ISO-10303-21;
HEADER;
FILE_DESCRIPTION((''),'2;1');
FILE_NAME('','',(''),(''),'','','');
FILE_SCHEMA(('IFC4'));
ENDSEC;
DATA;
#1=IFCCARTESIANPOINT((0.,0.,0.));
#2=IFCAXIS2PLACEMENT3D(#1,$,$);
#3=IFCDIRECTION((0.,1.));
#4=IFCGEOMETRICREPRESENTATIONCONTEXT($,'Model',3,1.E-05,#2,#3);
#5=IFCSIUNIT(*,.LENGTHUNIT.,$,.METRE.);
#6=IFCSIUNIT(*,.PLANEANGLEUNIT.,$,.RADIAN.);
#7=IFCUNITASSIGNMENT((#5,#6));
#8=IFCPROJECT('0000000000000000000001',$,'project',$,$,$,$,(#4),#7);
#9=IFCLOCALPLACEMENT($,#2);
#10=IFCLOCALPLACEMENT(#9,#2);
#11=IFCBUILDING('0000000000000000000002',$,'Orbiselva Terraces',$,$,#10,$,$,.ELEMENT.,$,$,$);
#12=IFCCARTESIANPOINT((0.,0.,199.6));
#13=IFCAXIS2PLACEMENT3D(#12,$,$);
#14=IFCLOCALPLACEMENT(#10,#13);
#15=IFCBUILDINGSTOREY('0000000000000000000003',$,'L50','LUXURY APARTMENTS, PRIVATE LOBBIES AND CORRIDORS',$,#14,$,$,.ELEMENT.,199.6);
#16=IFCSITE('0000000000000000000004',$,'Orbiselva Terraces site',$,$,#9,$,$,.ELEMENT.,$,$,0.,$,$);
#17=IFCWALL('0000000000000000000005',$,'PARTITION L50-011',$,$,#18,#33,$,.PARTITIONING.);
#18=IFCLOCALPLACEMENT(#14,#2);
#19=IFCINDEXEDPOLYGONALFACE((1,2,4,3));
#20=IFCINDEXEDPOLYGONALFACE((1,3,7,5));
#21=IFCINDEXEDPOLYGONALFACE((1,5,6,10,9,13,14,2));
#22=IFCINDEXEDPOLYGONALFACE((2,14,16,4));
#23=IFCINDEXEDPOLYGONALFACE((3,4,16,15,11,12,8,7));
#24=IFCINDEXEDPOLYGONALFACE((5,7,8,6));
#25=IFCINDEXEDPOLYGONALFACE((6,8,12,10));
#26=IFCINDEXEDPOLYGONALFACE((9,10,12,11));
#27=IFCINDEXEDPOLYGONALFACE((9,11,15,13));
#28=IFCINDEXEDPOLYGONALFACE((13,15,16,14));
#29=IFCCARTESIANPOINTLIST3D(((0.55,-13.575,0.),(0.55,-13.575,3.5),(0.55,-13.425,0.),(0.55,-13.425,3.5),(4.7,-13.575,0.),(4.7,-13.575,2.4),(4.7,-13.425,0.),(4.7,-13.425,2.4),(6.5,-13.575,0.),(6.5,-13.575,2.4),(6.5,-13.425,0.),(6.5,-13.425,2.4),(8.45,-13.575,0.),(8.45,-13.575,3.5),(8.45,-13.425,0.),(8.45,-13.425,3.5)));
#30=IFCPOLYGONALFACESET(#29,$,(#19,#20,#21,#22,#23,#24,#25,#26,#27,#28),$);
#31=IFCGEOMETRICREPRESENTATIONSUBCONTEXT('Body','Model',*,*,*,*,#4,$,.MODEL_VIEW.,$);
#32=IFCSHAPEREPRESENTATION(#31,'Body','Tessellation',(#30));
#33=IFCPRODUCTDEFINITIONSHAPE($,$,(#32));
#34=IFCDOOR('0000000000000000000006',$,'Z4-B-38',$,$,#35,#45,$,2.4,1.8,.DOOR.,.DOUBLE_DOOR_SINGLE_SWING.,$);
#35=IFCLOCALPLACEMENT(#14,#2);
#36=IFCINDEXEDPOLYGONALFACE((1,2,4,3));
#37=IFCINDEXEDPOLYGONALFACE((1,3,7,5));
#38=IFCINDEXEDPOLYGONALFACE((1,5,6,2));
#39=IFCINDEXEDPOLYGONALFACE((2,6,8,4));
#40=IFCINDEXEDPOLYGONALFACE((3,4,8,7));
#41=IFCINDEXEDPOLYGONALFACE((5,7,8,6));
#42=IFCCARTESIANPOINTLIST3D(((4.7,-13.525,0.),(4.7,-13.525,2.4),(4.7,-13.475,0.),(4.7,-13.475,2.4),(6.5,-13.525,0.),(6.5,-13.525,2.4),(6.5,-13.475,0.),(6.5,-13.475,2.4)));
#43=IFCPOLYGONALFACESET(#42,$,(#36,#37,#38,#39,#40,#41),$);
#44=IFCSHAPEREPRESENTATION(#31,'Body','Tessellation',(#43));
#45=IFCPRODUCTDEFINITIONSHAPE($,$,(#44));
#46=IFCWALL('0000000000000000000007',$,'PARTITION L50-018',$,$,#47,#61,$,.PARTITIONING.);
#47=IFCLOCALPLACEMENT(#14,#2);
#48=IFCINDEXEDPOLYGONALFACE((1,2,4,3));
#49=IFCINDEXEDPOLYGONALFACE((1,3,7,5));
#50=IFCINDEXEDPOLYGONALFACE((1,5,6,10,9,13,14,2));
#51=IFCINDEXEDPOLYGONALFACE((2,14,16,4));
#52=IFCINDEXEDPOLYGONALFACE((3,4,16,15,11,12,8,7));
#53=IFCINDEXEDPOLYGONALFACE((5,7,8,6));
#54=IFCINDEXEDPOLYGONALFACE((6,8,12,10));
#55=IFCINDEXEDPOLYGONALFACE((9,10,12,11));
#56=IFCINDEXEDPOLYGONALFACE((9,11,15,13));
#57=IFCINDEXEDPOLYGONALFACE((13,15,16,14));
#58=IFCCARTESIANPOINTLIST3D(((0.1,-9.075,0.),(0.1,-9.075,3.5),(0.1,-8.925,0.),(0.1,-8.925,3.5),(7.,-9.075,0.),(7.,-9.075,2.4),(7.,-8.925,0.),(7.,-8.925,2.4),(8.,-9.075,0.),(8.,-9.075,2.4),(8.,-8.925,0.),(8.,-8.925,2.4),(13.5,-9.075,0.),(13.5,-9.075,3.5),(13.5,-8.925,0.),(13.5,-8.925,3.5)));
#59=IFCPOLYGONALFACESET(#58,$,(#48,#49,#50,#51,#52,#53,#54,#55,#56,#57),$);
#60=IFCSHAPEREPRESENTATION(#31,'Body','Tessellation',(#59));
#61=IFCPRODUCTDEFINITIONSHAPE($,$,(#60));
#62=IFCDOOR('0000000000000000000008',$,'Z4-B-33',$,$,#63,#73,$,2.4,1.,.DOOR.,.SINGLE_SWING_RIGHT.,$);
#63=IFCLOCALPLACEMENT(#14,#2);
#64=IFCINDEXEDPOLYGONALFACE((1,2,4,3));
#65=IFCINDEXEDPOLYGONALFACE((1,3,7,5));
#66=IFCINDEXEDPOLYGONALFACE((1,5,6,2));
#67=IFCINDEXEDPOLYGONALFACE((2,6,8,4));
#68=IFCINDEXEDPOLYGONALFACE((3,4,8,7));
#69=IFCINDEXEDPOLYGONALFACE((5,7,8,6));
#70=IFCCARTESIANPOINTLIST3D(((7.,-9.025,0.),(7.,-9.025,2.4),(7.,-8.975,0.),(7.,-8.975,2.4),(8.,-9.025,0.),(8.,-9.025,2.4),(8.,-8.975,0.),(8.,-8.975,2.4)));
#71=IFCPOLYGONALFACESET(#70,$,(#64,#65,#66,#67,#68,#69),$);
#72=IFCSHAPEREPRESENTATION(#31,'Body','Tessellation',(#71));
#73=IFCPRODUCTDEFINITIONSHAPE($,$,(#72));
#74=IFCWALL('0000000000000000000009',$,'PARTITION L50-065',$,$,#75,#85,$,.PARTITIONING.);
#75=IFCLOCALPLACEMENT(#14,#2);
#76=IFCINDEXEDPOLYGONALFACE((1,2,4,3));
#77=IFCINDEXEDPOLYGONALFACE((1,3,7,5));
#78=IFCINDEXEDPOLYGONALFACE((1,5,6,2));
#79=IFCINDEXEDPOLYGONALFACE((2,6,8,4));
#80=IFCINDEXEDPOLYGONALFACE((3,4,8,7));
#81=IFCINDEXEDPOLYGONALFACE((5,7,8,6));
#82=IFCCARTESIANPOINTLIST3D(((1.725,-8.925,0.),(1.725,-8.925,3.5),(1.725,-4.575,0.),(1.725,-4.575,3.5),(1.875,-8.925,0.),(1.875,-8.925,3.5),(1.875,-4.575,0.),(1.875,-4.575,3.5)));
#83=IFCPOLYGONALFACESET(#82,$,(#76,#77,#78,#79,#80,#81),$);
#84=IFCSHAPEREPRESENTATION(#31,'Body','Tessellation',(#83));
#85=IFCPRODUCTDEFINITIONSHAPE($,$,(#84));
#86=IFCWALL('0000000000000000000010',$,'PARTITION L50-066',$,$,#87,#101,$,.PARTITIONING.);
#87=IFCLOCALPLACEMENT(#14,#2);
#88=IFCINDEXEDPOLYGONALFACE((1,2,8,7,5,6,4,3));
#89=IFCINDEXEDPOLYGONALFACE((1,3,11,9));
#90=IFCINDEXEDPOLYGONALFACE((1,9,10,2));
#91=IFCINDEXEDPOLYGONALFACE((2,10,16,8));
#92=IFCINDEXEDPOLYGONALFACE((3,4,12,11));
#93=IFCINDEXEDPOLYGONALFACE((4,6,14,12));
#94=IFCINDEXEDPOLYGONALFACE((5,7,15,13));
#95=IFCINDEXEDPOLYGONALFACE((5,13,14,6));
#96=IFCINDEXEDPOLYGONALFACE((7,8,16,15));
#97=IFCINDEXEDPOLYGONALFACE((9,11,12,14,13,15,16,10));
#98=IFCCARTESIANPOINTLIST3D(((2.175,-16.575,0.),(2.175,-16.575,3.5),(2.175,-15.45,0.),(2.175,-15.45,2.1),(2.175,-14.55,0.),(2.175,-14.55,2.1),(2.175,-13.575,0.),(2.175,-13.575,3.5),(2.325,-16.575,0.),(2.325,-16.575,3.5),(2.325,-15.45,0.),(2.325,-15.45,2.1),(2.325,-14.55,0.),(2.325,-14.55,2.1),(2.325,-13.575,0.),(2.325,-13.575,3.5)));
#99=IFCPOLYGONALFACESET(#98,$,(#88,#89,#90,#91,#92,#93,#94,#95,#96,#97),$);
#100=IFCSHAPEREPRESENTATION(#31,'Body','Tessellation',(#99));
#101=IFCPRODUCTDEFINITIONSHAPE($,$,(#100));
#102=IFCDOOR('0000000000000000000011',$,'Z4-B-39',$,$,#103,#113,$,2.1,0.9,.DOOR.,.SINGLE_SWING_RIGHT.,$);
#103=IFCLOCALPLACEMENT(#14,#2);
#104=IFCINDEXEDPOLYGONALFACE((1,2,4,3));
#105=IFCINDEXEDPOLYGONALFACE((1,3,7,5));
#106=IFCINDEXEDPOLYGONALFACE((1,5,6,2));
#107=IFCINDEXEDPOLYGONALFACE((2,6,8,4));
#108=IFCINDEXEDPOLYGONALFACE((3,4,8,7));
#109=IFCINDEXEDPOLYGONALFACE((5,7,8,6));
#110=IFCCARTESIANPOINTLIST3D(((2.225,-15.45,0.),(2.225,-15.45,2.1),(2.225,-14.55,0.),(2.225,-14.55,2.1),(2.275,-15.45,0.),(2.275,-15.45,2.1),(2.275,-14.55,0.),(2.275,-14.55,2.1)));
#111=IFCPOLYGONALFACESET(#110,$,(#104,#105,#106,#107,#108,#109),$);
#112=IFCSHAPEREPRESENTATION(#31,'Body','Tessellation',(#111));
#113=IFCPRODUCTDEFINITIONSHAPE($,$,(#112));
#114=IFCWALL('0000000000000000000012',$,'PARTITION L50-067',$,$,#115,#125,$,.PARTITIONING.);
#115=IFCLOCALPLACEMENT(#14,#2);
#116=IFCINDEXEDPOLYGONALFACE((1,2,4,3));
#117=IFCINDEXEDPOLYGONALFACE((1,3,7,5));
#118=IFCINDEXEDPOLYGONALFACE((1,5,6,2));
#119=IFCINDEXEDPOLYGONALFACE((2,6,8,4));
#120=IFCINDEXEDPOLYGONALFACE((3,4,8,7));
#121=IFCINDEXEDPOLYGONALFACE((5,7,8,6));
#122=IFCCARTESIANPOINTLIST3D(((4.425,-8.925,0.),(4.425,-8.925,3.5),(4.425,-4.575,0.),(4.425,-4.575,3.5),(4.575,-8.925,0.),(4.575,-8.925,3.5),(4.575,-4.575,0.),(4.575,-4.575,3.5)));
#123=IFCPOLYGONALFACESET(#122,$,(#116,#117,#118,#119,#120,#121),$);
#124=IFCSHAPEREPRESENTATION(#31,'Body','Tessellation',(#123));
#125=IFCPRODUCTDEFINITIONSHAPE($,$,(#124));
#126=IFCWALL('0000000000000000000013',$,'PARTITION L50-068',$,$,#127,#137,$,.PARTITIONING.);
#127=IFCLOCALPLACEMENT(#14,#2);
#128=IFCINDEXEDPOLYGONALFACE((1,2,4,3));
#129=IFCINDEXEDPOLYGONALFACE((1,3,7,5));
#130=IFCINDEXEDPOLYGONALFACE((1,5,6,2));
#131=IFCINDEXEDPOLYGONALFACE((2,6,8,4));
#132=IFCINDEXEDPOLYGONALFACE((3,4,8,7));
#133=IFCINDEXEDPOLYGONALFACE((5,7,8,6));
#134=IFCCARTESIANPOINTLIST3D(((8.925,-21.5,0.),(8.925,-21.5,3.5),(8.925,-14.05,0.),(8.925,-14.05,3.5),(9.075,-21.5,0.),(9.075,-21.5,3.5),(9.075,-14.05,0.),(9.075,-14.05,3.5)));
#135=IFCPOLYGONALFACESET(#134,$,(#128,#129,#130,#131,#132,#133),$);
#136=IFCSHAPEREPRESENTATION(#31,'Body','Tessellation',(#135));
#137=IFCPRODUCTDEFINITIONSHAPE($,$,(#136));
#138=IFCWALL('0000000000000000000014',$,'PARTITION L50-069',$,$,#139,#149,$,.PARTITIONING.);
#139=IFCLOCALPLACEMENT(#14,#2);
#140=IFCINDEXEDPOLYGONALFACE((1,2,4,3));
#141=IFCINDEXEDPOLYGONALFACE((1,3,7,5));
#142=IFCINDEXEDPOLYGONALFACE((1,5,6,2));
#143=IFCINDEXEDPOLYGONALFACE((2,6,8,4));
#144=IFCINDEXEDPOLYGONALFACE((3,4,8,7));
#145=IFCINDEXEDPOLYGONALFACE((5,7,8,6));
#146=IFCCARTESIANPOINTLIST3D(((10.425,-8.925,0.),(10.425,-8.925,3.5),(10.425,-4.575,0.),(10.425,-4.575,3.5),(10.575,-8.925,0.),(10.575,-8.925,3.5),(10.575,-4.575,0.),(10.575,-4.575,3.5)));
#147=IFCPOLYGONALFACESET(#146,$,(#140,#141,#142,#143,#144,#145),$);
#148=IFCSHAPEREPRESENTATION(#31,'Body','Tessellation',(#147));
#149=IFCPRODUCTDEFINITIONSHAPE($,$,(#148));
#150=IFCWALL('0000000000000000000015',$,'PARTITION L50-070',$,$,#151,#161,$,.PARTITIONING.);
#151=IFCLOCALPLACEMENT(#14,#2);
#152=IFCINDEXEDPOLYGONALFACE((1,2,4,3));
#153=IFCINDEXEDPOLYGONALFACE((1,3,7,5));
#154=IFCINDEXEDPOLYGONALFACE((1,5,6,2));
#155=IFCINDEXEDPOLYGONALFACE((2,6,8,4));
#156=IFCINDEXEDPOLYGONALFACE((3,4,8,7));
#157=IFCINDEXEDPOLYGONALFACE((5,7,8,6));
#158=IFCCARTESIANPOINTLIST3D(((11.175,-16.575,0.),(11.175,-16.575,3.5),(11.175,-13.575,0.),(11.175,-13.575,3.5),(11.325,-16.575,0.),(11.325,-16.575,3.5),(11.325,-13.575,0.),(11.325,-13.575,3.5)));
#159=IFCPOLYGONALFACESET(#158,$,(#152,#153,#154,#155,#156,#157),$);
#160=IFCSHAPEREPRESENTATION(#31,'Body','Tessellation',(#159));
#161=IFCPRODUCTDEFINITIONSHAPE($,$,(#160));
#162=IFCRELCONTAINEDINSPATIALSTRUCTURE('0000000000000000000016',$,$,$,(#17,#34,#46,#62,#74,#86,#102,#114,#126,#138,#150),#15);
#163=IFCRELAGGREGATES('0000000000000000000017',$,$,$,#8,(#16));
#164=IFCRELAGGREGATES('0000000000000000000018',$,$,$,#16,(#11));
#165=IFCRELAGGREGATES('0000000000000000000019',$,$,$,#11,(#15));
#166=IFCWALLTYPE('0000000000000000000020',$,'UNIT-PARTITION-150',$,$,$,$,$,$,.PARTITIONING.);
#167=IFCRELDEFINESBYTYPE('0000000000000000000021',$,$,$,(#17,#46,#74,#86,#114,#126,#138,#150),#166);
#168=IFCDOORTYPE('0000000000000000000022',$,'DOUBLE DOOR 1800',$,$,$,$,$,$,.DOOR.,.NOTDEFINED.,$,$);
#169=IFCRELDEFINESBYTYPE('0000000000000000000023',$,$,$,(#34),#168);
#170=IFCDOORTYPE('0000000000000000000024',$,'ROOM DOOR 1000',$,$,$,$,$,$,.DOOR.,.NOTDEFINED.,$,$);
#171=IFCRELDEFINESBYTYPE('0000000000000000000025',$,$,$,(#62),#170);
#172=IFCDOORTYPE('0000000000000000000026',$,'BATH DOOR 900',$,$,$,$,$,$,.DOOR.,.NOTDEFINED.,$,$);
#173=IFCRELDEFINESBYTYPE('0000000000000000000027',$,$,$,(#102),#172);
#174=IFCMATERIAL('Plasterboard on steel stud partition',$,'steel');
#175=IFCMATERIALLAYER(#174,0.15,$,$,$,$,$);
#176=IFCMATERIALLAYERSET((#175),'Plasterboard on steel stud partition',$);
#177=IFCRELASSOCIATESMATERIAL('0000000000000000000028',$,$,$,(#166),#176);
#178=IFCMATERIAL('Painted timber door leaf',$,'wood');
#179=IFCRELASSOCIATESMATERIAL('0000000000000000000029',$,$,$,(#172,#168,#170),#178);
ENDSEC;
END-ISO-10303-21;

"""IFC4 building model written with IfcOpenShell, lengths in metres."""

from ifc_helpers import new_model, si_unit, direction, frame, frame_2d, origin, place, context, subcontext, project, spatial, rectangle, extrude, material, layer, layer_set, type_object, element, fill, save


model = new_model("IFC4")

# Units and contexts
model_context = context("Model", 3, precision=1e-05, world=origin(), true_north=direction((0.0, 1.0)))
body_context = subcontext(model_context, "Body", "Model", "MODEL_VIEW")
ifc_project = project(units=[si_unit("LENGTHUNIT", "METRE"), si_unit("PLANEANGLEUNIT", "RADIAN")], contexts=[model_context])

# Site, building, storey
site_placement = place(None, origin())
site = spatial("IfcSite", under=ifc_project, at=site_placement, Name="Orbiselva Terraces site", CompositionType="ELEMENT", RefElevation=0.0)
building_placement = place(site_placement, origin())
building = spatial("IfcBuilding", under=site, at=building_placement, Name="Orbiselva Terraces", CompositionType="ELEMENT")
storey_placement = place(building_placement, frame((0.0, 0.0, 199.6)))
storey = spatial("IfcBuildingStorey", under=building, at=storey_placement, Name="L50", Description="LUXURY APARTMENTS, PRIVATE LOBBIES AND CORRIDORS", CompositionType="ELEMENT", Elevation=199.6)

# Shared definitions
ifc_material_1 = material(Name="Plasterboard on steel stud partition", Category="steel")
ifc_layer_1 = layer(ifc_material_1, 0.15)
ifc_layer_set_1 = layer_set([ifc_layer_1], Name="Plasterboard on steel stud partition")
wall_type_1 = type_object("IfcWallType", Name="UNIT-PARTITION-150", PredefinedType="PARTITIONING", material=ifc_layer_set_1)

# Walls, openings, doors
ifc_material_2 = material(Name="Painted timber door leaf", Category="wood")
door_type_1 = type_object("IfcDoorType", Name="BATH DOOR 900", OperationType="NOTDEFINED", PredefinedType="DOOR", material=ifc_material_2)
wall_1_placement = place(storey_placement, frame((8.45, -13.5, 0.0), z_axis=(0.0, 0.0, 1.0), x_axis=(-1.0, 0.0, 0.0)))
wall_1 = element("IfcWall", 1, at=wall_1_placement, inside=storey, type_object=wall_type_1, Name="PARTITION L50-011", PredefinedType="PARTITIONING", context=body_context, shape_type="SweptSolid", body=[
    extrude(rectangle(XDim=7.9, YDim=0.15, at=frame_2d((3.95, 0.0))), origin(), (0.0, 0.0, 1.0), 3.5),
])
opening_1_placement = place(wall_1_placement, frame((1.95, 0.0, 0.0)))
opening_1 = element("IfcOpeningElement", 2, at=opening_1_placement, cuts=wall_1, PredefinedType="OPENING", context=body_context, shape_type="SweptSolid", body=[
    extrude(rectangle(XDim=1.8, YDim=2.4, at=frame_2d((0.9, 1.2))), frame((0.0, 0.085, 0.0), z_axis=(0.0, -1.0, 0.0), x_axis=(1.0, 0.0, 0.0)), (0.0, 0.0, 1.0), 0.17),
])
door_type_2 = type_object("IfcDoorType", Name="DOUBLE DOOR 1800", OperationType="NOTDEFINED", PredefinedType="DOOR", material=ifc_material_2)
door_1_placement = place(opening_1_placement, origin())
door_1 = element("IfcDoor", 3, at=door_1_placement, inside=storey, type_object=door_type_2, Name="Z4-B-38", OperationType="DOUBLE_DOOR_SINGLE_SWING", OverallHeight=2.4, OverallWidth=1.8, PredefinedType="DOOR", context=body_context, shape_type="SweptSolid", body=[
    extrude(rectangle(XDim=1.8, YDim=2.4, at=frame_2d((0.9, 1.2))), frame((0.0, 0.025, 0.0), z_axis=(0.0, -1.0, 0.0), x_axis=(1.0, 0.0, 0.0)), (0.0, 0.0, 1.0), 0.05),
])
fill(opening_1, door_1)
wall_2_placement = place(storey_placement, frame((0.1, -9.0, 0.0), z_axis=(0.0, 0.0, 1.0), x_axis=(1.0, 0.0, 0.0)))
wall_2 = element("IfcWall", 4, at=wall_2_placement, inside=storey, type_object=wall_type_1, Name="PARTITION L50-018", PredefinedType="PARTITIONING", context=body_context, shape_type="SweptSolid", body=[
    extrude(rectangle(XDim=13.4, YDim=0.15, at=frame_2d((6.7, 0.0))), origin(), (0.0, 0.0, 1.0), 3.5),
])
opening_2_placement = place(wall_2_placement, frame((6.9, 0.0, 0.0)))
opening_2 = element("IfcOpeningElement", 5, at=opening_2_placement, cuts=wall_2, PredefinedType="OPENING", context=body_context, shape_type="SweptSolid", body=[
    extrude(rectangle(XDim=1.0, YDim=2.4, at=frame_2d((0.5, 1.2))), frame((0.0, 0.085, 0.0), z_axis=(0.0, -1.0, 0.0), x_axis=(1.0, 0.0, 0.0)), (0.0, 0.0, 1.0), 0.17),
])
door_type_3 = type_object("IfcDoorType", Name="ROOM DOOR 1000", OperationType="NOTDEFINED", PredefinedType="DOOR", material=ifc_material_2)
door_2_placement = place(opening_2_placement, origin())
door_2 = element("IfcDoor", 6, at=door_2_placement, inside=storey, type_object=door_type_3, Name="Z4-B-33", OperationType="SINGLE_SWING_RIGHT", OverallHeight=2.4, OverallWidth=1.0, PredefinedType="DOOR", context=body_context, shape_type="SweptSolid", body=[
    extrude(rectangle(XDim=1.0, YDim=2.4, at=frame_2d((0.5, 1.2))), frame((0.0, 0.025, 0.0), z_axis=(0.0, -1.0, 0.0), x_axis=(1.0, 0.0, 0.0)), (0.0, 0.0, 1.0), 0.05),
])
fill(opening_2, door_2)

# Wall
wall_3_placement = place(storey_placement, frame((1.8, -8.925, 0.0), z_axis=(0.0, 0.0, 1.0), x_axis=(0.0, 1.0, 0.0)))
element("IfcWall", 7, at=wall_3_placement, inside=storey, type_object=wall_type_1, Name="PARTITION L50-065", PredefinedType="PARTITIONING", context=body_context, shape_type="SweptSolid", body=[
    extrude(rectangle(XDim=4.35, YDim=0.15, at=frame_2d((2.175, 0.0))), origin(), (0.0, 0.0, 1.0), 3.5),
])

# Wall, opening, door
wall_4_placement = place(storey_placement, frame((2.25, -16.575, 0.0), z_axis=(0.0, 0.0, 1.0), x_axis=(0.0, 1.0, 0.0)))
wall_4 = element("IfcWall", 8, at=wall_4_placement, inside=storey, type_object=wall_type_1, Name="PARTITION L50-066", PredefinedType="PARTITIONING", context=body_context, shape_type="SweptSolid", body=[
    extrude(rectangle(XDim=3.0, YDim=0.15, at=frame_2d((1.5, 0.0))), origin(), (0.0, 0.0, 1.0), 3.5),
])
opening_3_placement = place(wall_4_placement, frame((1.125, 0.0, 0.0)))
opening_3 = element("IfcOpeningElement", 9, at=opening_3_placement, cuts=wall_4, PredefinedType="OPENING", context=body_context, shape_type="SweptSolid", body=[
    extrude(rectangle(XDim=0.9, YDim=2.1, at=frame_2d((0.45, 1.05))), frame((0.0, 0.085, 0.0), z_axis=(0.0, -1.0, 0.0), x_axis=(1.0, 0.0, 0.0)), (0.0, 0.0, 1.0), 0.17),
])
door_3_placement = place(opening_3_placement, origin())
door_3 = element("IfcDoor", 10, at=door_3_placement, inside=storey, type_object=door_type_1, Name="Z4-B-39", OperationType="SINGLE_SWING_RIGHT", OverallHeight=2.1, OverallWidth=0.9, PredefinedType="DOOR", context=body_context, shape_type="SweptSolid", body=[
    extrude(rectangle(XDim=0.9, YDim=2.1, at=frame_2d((0.45, 1.05))), frame((0.0, 0.025, 0.0), z_axis=(0.0, -1.0, 0.0), x_axis=(1.0, 0.0, 0.0)), (0.0, 0.0, 1.0), 0.05),
])
fill(opening_3, door_3)

# Walls
wall_5_placement = place(storey_placement, frame((4.5, -8.925, 0.0), z_axis=(0.0, 0.0, 1.0), x_axis=(0.0, 1.0, 0.0)))
element("IfcWall", 11, at=wall_5_placement, inside=storey, type_object=wall_type_1, Name="PARTITION L50-067", PredefinedType="PARTITIONING", context=body_context, shape_type="SweptSolid", body=[
    extrude(rectangle(XDim=4.35, YDim=0.15, at=frame_2d((2.175, 0.0))), origin(), (0.0, 0.0, 1.0), 3.5),
])
wall_6_placement = place(storey_placement, frame((9.0, -21.5, 0.0), z_axis=(0.0, 0.0, 1.0), x_axis=(0.0, 1.0, 0.0)))
element("IfcWall", 12, at=wall_6_placement, inside=storey, type_object=wall_type_1, Name="PARTITION L50-068", PredefinedType="PARTITIONING", context=body_context, shape_type="SweptSolid", body=[
    extrude(rectangle(XDim=7.45, YDim=0.15, at=frame_2d((3.725, 0.0))), origin(), (0.0, 0.0, 1.0), 3.5),
])
wall_7_placement = place(storey_placement, frame((10.5, -8.925, 0.0), z_axis=(0.0, 0.0, 1.0), x_axis=(0.0, 1.0, 0.0)))
element("IfcWall", 13, at=wall_7_placement, inside=storey, type_object=wall_type_1, Name="PARTITION L50-069", PredefinedType="PARTITIONING", context=body_context, shape_type="SweptSolid", body=[
    extrude(rectangle(XDim=4.35, YDim=0.15, at=frame_2d((2.175, 0.0))), origin(), (0.0, 0.0, 1.0), 3.5),
])
wall_8_placement = place(storey_placement, frame((11.25, -16.575, 0.0), z_axis=(0.0, 0.0, 1.0), x_axis=(0.0, 1.0, 0.0)))
element("IfcWall", 14, at=wall_8_placement, inside=storey, type_object=wall_type_1, Name="PARTITION L50-070", PredefinedType="PARTITIONING", context=body_context, shape_type="SweptSolid", body=[
    extrude(rectangle(XDim=3.0, YDim=0.15, at=frame_2d((1.5, 0.0))), origin(), (0.0, 0.0, 1.0), 3.5),
])

save(model, "model.ifc")
